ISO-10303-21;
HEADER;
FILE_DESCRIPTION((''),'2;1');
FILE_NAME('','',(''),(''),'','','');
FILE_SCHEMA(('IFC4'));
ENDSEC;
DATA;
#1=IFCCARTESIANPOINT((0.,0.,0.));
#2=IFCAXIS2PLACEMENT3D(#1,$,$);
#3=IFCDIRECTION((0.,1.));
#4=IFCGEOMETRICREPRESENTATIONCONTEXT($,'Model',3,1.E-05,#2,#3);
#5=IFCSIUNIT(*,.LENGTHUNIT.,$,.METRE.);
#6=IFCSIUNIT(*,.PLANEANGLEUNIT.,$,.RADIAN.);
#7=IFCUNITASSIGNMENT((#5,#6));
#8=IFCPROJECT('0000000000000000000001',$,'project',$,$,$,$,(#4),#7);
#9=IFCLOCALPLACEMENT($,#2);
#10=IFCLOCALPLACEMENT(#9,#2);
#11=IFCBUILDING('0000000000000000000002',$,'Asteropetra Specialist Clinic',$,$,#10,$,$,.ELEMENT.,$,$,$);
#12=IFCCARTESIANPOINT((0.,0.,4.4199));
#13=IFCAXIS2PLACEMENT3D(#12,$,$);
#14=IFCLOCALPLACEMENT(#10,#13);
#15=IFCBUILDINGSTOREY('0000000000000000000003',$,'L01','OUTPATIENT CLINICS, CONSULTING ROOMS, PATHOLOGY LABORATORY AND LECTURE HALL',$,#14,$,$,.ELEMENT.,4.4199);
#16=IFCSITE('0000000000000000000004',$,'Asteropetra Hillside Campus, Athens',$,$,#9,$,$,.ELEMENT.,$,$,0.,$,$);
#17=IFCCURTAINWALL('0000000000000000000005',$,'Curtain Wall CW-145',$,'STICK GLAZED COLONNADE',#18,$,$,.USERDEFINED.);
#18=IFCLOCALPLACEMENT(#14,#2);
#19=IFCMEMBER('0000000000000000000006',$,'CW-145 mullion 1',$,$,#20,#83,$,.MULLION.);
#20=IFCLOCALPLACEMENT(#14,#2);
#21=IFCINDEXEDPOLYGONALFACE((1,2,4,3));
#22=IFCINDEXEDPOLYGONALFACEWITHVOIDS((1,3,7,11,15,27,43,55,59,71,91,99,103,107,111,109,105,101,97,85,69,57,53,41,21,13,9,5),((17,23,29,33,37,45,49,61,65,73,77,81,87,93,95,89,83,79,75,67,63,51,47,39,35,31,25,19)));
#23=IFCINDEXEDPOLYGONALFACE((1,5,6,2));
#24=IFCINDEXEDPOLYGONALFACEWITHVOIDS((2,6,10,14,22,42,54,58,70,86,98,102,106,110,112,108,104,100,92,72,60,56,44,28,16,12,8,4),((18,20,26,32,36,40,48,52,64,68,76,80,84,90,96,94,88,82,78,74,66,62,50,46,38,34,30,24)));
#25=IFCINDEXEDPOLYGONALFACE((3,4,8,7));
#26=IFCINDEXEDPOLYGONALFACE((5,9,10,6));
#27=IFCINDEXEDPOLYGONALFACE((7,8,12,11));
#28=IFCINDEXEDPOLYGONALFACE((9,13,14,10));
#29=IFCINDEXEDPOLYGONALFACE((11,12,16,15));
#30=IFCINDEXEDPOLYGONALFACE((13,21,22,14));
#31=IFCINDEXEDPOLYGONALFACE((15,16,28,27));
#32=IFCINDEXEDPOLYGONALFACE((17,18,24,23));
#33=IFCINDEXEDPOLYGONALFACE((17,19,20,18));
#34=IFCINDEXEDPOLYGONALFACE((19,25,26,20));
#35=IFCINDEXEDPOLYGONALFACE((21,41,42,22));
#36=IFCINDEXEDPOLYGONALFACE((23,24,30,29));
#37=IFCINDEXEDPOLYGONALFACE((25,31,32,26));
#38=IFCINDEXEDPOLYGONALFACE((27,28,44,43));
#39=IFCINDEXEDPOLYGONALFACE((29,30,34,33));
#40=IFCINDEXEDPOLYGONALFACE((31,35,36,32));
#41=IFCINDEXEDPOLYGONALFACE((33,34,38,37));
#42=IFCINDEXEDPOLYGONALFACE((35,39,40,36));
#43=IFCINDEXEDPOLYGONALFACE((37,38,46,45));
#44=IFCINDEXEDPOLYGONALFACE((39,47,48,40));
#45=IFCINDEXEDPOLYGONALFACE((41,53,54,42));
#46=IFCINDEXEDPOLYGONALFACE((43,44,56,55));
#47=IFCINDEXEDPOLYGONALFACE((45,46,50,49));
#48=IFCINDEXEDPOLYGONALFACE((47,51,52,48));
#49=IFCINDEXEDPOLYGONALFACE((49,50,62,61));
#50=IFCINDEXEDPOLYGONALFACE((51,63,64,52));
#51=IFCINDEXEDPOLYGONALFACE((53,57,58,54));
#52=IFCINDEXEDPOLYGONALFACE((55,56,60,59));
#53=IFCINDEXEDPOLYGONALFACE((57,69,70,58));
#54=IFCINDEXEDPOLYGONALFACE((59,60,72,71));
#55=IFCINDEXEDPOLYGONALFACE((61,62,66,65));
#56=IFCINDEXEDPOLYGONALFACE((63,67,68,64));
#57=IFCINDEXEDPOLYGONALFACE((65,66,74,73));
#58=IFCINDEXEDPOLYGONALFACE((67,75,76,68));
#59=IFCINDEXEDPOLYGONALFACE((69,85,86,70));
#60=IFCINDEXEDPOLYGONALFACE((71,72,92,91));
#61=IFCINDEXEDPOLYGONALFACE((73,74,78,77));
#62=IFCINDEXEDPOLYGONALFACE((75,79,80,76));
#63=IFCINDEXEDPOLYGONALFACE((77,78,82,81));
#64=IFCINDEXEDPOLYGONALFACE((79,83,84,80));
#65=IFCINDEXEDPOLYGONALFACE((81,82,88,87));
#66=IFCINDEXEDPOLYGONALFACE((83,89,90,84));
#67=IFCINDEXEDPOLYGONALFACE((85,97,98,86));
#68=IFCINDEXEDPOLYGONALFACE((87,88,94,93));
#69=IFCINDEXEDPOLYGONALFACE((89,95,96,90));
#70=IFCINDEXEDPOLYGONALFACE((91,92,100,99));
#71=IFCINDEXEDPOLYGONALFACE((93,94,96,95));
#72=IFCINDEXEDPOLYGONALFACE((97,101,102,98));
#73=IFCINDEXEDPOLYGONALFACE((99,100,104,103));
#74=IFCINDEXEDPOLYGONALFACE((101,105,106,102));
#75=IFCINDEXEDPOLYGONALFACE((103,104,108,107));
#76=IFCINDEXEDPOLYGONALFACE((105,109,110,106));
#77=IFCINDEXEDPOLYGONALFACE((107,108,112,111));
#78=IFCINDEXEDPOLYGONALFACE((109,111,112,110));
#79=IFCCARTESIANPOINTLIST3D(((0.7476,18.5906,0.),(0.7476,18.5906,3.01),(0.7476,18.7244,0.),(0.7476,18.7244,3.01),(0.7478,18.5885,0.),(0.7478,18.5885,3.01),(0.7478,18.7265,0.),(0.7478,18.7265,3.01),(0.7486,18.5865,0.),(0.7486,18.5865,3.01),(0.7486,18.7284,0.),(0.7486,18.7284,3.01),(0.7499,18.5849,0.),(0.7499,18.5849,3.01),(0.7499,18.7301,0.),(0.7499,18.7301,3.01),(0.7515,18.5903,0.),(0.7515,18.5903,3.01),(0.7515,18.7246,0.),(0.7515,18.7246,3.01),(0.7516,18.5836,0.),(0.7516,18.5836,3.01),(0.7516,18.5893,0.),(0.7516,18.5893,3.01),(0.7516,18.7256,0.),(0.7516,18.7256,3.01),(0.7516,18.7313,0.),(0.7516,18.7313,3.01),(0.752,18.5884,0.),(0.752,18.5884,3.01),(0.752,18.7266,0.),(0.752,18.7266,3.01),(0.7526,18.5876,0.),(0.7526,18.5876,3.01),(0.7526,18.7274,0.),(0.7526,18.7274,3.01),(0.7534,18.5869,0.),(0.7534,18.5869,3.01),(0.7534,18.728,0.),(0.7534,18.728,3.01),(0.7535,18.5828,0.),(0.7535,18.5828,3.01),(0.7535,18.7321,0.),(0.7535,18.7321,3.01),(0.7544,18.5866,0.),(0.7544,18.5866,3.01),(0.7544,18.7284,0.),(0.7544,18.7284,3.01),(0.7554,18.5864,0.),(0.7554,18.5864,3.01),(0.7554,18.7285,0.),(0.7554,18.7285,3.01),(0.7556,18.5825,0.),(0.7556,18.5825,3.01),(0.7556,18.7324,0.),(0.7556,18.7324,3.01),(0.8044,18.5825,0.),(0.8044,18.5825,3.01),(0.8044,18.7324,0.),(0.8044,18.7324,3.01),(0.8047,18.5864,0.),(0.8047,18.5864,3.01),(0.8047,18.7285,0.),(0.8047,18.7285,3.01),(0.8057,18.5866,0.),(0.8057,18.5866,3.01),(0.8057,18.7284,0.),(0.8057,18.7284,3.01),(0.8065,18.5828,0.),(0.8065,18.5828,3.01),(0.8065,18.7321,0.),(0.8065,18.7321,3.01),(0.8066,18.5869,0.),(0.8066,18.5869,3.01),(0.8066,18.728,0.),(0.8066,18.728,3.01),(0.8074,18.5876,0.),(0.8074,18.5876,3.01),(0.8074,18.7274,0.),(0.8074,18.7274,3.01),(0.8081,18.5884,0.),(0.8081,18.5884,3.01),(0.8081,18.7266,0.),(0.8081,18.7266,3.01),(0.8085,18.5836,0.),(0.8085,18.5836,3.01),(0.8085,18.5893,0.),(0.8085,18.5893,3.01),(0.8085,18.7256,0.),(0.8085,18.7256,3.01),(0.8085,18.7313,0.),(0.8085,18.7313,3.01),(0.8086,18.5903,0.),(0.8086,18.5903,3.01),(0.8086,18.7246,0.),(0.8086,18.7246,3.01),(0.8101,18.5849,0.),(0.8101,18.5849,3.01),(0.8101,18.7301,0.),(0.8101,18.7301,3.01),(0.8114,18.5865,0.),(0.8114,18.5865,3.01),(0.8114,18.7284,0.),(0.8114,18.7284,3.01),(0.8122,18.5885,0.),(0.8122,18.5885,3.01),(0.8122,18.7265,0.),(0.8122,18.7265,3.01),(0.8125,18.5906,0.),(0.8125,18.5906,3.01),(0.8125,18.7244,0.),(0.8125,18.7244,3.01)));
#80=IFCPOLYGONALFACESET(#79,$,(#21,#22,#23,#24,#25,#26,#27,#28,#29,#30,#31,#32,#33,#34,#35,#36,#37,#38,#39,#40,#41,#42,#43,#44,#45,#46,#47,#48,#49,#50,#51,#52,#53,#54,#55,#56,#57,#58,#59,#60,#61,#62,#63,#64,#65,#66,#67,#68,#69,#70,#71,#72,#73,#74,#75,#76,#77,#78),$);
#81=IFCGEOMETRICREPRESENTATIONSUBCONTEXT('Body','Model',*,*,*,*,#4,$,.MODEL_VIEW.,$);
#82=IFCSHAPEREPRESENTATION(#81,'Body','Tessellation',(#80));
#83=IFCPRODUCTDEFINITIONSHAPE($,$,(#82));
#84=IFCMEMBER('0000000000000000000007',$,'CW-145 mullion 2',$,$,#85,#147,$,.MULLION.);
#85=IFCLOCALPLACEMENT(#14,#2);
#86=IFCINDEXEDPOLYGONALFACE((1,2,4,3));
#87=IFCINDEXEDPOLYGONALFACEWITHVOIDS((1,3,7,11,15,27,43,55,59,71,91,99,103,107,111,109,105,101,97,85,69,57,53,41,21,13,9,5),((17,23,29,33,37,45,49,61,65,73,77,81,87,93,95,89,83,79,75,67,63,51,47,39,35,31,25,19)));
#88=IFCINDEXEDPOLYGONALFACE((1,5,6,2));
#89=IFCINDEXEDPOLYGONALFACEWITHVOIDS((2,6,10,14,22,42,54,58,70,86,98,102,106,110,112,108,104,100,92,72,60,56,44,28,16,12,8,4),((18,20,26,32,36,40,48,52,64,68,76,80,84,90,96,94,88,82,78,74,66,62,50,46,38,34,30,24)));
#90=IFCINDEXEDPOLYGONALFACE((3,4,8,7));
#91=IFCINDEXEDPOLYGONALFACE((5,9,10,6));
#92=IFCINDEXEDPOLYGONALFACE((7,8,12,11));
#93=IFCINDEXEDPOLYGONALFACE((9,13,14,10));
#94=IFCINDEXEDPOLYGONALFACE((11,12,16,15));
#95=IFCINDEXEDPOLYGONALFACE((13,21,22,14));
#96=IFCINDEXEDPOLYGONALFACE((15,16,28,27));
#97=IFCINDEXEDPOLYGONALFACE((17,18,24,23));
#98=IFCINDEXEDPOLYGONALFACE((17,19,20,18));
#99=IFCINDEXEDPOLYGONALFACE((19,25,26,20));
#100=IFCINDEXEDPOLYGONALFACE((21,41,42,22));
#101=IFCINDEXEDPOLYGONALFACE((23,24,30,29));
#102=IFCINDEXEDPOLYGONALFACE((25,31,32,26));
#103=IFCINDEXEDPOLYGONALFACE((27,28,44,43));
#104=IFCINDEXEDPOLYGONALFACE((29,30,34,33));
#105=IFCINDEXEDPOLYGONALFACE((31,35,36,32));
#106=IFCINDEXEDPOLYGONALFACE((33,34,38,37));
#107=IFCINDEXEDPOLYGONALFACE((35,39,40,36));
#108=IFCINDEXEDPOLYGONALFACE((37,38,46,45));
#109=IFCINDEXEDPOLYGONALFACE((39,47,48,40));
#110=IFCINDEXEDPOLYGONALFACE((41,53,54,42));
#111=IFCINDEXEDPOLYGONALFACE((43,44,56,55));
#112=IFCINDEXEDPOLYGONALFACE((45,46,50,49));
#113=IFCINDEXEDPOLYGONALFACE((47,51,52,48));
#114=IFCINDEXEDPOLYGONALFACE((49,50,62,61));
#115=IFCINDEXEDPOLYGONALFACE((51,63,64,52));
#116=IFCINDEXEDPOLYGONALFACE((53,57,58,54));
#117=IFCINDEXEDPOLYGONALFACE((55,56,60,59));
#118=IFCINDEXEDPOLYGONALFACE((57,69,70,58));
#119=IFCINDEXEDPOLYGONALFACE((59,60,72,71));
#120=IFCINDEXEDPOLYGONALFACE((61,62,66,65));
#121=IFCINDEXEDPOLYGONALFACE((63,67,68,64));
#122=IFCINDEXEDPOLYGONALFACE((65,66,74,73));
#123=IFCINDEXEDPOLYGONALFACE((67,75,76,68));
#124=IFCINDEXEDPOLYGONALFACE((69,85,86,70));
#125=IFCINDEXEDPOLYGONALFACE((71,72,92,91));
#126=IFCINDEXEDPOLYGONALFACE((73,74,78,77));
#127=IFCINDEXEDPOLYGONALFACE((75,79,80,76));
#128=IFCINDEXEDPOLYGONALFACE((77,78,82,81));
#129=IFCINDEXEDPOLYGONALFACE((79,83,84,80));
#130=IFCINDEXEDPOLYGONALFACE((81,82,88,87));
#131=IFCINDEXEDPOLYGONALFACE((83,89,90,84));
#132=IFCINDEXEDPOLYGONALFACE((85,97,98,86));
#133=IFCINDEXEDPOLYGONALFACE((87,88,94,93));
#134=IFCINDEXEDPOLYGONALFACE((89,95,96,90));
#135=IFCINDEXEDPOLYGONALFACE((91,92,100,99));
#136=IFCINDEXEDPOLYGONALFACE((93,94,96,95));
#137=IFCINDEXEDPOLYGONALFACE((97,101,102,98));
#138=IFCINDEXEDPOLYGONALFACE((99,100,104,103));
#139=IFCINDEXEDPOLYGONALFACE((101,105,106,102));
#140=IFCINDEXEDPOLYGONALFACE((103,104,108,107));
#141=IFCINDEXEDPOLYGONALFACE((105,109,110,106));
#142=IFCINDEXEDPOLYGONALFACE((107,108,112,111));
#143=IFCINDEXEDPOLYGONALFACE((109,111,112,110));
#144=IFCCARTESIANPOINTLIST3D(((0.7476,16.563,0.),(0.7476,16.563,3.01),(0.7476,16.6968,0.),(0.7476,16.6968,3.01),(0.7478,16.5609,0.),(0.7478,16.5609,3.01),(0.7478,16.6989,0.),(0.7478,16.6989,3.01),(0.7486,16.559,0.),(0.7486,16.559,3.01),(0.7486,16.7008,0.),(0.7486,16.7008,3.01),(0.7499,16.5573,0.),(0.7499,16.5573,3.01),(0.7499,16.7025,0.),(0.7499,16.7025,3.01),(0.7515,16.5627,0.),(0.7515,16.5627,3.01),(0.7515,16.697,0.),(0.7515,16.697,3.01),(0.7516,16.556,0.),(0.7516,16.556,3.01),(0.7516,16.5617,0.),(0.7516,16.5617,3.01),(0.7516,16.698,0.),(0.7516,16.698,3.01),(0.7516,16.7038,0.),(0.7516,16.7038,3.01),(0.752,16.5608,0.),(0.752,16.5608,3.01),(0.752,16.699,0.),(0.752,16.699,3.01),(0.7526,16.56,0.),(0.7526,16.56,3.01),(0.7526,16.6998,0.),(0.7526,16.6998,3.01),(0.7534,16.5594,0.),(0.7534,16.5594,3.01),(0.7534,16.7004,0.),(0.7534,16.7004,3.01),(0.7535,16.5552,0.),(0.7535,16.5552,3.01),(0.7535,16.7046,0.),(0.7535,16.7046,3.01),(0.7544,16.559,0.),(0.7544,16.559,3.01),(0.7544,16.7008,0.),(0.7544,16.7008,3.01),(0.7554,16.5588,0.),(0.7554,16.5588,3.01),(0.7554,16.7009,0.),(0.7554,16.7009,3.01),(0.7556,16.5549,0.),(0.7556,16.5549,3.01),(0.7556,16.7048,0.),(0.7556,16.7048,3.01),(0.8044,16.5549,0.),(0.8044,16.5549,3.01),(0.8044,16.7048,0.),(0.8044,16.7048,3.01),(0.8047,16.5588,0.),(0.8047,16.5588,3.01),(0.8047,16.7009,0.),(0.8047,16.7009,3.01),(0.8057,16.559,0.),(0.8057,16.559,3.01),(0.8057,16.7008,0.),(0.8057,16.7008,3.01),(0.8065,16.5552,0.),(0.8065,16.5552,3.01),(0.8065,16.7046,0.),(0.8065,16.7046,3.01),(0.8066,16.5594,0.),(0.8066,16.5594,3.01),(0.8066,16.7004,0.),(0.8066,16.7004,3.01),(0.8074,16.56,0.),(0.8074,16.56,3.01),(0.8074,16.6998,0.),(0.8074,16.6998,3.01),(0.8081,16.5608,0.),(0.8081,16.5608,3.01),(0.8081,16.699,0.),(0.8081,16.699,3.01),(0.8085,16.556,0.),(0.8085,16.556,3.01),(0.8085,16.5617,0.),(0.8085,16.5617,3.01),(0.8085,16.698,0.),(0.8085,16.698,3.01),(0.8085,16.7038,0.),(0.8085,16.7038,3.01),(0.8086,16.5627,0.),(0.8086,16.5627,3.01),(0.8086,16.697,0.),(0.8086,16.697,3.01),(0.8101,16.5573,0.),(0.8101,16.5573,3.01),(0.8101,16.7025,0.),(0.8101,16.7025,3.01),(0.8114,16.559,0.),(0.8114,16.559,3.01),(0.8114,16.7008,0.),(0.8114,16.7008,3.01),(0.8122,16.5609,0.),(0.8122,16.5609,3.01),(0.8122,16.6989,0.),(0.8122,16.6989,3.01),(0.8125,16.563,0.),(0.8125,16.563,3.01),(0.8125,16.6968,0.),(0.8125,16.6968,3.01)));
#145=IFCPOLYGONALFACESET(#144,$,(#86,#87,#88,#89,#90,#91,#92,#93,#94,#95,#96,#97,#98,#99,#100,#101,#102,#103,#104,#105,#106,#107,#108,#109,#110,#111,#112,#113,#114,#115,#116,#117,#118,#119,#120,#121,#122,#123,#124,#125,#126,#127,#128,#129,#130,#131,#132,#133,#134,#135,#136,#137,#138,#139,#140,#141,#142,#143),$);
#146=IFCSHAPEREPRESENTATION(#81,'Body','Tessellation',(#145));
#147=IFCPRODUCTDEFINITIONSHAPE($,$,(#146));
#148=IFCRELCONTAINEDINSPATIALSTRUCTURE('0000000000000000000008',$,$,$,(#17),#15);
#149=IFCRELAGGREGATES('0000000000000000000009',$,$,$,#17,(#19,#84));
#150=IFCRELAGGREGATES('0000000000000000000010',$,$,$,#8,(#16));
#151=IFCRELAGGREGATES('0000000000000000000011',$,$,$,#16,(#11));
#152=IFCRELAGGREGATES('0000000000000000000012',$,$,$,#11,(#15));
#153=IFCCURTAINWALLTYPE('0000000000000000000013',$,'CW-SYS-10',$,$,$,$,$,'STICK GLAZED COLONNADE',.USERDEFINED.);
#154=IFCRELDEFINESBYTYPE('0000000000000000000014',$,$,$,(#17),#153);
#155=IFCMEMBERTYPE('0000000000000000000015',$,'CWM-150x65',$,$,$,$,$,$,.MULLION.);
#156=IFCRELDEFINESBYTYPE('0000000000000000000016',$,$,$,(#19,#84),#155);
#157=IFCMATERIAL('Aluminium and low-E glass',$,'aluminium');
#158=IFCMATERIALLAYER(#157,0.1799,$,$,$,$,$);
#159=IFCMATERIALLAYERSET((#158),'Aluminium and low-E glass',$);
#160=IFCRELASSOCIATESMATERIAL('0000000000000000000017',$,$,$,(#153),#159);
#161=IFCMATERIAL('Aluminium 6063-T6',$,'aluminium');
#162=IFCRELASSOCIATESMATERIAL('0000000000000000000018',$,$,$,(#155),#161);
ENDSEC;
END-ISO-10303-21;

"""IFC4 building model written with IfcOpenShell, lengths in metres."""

from ifc_helpers import new_model, si_unit, direction, frame, origin, origin_2d, place, context, subcontext, project, spatial, hollow_rectangle, extrude, material, layer, layer_set, material_profile, profile_set, type_object, element, aggregate, save


model = new_model("IFC4")

# Units and contexts
model_context = context("Model", 3, precision=1e-05, world=origin(), true_north=direction((0.0, 1.0)))
body_context = subcontext(model_context, "Body", "Model", "MODEL_VIEW")
ifc_project = project(units=[si_unit("LENGTHUNIT", "METRE"), si_unit("PLANEANGLEUNIT", "RADIAN")], contexts=[model_context])

# Site, building, storey
site_placement = place(None, origin())
site = spatial("IfcSite", under=ifc_project, at=site_placement, Name="Asteropetra Hillside Campus, Athens", CompositionType="ELEMENT", RefElevation=0.0)
building_placement = place(site_placement, origin())
building = spatial("IfcBuilding", under=site, at=building_placement, Name="Asteropetra Specialist Clinic", CompositionType="ELEMENT")
storey_placement = place(building_placement, frame((0.0, 0.0, 4.4199)))
storey = spatial("IfcBuildingStorey", under=building, at=storey_placement, Name="L01", Description="OUTPATIENT CLINICS, CONSULTING ROOMS, PATHOLOGY LABORATORY AND LECTURE HALL", CompositionType="ELEMENT", Elevation=4.4199)

# Curtain wall, members
ifc_material_1 = material(Name="Aluminium and low-E glass", Category="aluminium")
ifc_layer_1 = layer(ifc_material_1, 0.1799)
ifc_layer_set_1 = layer_set([ifc_layer_1], Name="Aluminium and low-E glass")
curtain_wall_type = type_object("IfcCurtainWallType", Name="CW-SYS-10", ElementType="STICK GLAZED COLONNADE", PredefinedType="USERDEFINED", material=ifc_layer_set_1)
curtain_wall_placement = place(storey_placement, origin())
curtain_wall = element("IfcCurtainWall", 1, at=curtain_wall_placement, inside=storey, type_object=curtain_wall_type, Name="Curtain Wall CW-145", ObjectType="STICK GLAZED COLONNADE", PredefinedType="USERDEFINED")
ifc_material_2 = material(Name="Aluminium 6063-T6", Category="aluminium")
ifc_material_profile_1 = material_profile(ifc_material_2, hollow_rectangle(XDim=0.0649, YDim=0.1499, WallThickness=0.0039, InnerFilletRadius=0.0039, OuterFilletRadius=0.0081, at=origin_2d()), Name="MUL 150x65x4.0")
ifc_profile_set_1 = profile_set([ifc_material_profile_1], Name="Aluminium 6063-T6")
member_type_1 = type_object("IfcMemberType", Name="CWM-150x65", PredefinedType="MULLION", material=ifc_profile_set_1)
member_1_placement = place(storey_placement, frame((0.78, 18.6575, 0.0), z_axis=(0.0, 0.0, 1.0), x_axis=(1.0, 0.0, 0.0)))
member_1 = element("IfcMember", 2, at=member_1_placement, type_object=member_type_1, Name="CW-145 mullion 1", PredefinedType="MULLION", context=body_context, shape_type="SweptSolid", body=[
    extrude(hollow_rectangle(XDim=0.0649, YDim=0.1499, WallThickness=0.0039, InnerFilletRadius=0.0039, OuterFilletRadius=0.0081, at=origin_2d()), origin(), (0.0, 0.0, 1.0), 3.01),
])
member_2_placement = place(storey_placement, frame((0.78, 16.6299, 0.0), z_axis=(0.0, 0.0, 1.0), x_axis=(1.0, 0.0, 0.0)))
member_2 = element("IfcMember", 3, at=member_2_placement, type_object=member_type_1, Name="CW-145 mullion 2", PredefinedType="MULLION", context=body_context, shape_type="SweptSolid", body=[
    extrude(hollow_rectangle(XDim=0.0649, YDim=0.1499, WallThickness=0.0039, InnerFilletRadius=0.0039, OuterFilletRadius=0.0081, at=origin_2d()), origin(), (0.0, 0.0, 1.0), 3.01),
])
aggregate(curtain_wall, [member_1, member_2])

save(model, "model.ifc")
